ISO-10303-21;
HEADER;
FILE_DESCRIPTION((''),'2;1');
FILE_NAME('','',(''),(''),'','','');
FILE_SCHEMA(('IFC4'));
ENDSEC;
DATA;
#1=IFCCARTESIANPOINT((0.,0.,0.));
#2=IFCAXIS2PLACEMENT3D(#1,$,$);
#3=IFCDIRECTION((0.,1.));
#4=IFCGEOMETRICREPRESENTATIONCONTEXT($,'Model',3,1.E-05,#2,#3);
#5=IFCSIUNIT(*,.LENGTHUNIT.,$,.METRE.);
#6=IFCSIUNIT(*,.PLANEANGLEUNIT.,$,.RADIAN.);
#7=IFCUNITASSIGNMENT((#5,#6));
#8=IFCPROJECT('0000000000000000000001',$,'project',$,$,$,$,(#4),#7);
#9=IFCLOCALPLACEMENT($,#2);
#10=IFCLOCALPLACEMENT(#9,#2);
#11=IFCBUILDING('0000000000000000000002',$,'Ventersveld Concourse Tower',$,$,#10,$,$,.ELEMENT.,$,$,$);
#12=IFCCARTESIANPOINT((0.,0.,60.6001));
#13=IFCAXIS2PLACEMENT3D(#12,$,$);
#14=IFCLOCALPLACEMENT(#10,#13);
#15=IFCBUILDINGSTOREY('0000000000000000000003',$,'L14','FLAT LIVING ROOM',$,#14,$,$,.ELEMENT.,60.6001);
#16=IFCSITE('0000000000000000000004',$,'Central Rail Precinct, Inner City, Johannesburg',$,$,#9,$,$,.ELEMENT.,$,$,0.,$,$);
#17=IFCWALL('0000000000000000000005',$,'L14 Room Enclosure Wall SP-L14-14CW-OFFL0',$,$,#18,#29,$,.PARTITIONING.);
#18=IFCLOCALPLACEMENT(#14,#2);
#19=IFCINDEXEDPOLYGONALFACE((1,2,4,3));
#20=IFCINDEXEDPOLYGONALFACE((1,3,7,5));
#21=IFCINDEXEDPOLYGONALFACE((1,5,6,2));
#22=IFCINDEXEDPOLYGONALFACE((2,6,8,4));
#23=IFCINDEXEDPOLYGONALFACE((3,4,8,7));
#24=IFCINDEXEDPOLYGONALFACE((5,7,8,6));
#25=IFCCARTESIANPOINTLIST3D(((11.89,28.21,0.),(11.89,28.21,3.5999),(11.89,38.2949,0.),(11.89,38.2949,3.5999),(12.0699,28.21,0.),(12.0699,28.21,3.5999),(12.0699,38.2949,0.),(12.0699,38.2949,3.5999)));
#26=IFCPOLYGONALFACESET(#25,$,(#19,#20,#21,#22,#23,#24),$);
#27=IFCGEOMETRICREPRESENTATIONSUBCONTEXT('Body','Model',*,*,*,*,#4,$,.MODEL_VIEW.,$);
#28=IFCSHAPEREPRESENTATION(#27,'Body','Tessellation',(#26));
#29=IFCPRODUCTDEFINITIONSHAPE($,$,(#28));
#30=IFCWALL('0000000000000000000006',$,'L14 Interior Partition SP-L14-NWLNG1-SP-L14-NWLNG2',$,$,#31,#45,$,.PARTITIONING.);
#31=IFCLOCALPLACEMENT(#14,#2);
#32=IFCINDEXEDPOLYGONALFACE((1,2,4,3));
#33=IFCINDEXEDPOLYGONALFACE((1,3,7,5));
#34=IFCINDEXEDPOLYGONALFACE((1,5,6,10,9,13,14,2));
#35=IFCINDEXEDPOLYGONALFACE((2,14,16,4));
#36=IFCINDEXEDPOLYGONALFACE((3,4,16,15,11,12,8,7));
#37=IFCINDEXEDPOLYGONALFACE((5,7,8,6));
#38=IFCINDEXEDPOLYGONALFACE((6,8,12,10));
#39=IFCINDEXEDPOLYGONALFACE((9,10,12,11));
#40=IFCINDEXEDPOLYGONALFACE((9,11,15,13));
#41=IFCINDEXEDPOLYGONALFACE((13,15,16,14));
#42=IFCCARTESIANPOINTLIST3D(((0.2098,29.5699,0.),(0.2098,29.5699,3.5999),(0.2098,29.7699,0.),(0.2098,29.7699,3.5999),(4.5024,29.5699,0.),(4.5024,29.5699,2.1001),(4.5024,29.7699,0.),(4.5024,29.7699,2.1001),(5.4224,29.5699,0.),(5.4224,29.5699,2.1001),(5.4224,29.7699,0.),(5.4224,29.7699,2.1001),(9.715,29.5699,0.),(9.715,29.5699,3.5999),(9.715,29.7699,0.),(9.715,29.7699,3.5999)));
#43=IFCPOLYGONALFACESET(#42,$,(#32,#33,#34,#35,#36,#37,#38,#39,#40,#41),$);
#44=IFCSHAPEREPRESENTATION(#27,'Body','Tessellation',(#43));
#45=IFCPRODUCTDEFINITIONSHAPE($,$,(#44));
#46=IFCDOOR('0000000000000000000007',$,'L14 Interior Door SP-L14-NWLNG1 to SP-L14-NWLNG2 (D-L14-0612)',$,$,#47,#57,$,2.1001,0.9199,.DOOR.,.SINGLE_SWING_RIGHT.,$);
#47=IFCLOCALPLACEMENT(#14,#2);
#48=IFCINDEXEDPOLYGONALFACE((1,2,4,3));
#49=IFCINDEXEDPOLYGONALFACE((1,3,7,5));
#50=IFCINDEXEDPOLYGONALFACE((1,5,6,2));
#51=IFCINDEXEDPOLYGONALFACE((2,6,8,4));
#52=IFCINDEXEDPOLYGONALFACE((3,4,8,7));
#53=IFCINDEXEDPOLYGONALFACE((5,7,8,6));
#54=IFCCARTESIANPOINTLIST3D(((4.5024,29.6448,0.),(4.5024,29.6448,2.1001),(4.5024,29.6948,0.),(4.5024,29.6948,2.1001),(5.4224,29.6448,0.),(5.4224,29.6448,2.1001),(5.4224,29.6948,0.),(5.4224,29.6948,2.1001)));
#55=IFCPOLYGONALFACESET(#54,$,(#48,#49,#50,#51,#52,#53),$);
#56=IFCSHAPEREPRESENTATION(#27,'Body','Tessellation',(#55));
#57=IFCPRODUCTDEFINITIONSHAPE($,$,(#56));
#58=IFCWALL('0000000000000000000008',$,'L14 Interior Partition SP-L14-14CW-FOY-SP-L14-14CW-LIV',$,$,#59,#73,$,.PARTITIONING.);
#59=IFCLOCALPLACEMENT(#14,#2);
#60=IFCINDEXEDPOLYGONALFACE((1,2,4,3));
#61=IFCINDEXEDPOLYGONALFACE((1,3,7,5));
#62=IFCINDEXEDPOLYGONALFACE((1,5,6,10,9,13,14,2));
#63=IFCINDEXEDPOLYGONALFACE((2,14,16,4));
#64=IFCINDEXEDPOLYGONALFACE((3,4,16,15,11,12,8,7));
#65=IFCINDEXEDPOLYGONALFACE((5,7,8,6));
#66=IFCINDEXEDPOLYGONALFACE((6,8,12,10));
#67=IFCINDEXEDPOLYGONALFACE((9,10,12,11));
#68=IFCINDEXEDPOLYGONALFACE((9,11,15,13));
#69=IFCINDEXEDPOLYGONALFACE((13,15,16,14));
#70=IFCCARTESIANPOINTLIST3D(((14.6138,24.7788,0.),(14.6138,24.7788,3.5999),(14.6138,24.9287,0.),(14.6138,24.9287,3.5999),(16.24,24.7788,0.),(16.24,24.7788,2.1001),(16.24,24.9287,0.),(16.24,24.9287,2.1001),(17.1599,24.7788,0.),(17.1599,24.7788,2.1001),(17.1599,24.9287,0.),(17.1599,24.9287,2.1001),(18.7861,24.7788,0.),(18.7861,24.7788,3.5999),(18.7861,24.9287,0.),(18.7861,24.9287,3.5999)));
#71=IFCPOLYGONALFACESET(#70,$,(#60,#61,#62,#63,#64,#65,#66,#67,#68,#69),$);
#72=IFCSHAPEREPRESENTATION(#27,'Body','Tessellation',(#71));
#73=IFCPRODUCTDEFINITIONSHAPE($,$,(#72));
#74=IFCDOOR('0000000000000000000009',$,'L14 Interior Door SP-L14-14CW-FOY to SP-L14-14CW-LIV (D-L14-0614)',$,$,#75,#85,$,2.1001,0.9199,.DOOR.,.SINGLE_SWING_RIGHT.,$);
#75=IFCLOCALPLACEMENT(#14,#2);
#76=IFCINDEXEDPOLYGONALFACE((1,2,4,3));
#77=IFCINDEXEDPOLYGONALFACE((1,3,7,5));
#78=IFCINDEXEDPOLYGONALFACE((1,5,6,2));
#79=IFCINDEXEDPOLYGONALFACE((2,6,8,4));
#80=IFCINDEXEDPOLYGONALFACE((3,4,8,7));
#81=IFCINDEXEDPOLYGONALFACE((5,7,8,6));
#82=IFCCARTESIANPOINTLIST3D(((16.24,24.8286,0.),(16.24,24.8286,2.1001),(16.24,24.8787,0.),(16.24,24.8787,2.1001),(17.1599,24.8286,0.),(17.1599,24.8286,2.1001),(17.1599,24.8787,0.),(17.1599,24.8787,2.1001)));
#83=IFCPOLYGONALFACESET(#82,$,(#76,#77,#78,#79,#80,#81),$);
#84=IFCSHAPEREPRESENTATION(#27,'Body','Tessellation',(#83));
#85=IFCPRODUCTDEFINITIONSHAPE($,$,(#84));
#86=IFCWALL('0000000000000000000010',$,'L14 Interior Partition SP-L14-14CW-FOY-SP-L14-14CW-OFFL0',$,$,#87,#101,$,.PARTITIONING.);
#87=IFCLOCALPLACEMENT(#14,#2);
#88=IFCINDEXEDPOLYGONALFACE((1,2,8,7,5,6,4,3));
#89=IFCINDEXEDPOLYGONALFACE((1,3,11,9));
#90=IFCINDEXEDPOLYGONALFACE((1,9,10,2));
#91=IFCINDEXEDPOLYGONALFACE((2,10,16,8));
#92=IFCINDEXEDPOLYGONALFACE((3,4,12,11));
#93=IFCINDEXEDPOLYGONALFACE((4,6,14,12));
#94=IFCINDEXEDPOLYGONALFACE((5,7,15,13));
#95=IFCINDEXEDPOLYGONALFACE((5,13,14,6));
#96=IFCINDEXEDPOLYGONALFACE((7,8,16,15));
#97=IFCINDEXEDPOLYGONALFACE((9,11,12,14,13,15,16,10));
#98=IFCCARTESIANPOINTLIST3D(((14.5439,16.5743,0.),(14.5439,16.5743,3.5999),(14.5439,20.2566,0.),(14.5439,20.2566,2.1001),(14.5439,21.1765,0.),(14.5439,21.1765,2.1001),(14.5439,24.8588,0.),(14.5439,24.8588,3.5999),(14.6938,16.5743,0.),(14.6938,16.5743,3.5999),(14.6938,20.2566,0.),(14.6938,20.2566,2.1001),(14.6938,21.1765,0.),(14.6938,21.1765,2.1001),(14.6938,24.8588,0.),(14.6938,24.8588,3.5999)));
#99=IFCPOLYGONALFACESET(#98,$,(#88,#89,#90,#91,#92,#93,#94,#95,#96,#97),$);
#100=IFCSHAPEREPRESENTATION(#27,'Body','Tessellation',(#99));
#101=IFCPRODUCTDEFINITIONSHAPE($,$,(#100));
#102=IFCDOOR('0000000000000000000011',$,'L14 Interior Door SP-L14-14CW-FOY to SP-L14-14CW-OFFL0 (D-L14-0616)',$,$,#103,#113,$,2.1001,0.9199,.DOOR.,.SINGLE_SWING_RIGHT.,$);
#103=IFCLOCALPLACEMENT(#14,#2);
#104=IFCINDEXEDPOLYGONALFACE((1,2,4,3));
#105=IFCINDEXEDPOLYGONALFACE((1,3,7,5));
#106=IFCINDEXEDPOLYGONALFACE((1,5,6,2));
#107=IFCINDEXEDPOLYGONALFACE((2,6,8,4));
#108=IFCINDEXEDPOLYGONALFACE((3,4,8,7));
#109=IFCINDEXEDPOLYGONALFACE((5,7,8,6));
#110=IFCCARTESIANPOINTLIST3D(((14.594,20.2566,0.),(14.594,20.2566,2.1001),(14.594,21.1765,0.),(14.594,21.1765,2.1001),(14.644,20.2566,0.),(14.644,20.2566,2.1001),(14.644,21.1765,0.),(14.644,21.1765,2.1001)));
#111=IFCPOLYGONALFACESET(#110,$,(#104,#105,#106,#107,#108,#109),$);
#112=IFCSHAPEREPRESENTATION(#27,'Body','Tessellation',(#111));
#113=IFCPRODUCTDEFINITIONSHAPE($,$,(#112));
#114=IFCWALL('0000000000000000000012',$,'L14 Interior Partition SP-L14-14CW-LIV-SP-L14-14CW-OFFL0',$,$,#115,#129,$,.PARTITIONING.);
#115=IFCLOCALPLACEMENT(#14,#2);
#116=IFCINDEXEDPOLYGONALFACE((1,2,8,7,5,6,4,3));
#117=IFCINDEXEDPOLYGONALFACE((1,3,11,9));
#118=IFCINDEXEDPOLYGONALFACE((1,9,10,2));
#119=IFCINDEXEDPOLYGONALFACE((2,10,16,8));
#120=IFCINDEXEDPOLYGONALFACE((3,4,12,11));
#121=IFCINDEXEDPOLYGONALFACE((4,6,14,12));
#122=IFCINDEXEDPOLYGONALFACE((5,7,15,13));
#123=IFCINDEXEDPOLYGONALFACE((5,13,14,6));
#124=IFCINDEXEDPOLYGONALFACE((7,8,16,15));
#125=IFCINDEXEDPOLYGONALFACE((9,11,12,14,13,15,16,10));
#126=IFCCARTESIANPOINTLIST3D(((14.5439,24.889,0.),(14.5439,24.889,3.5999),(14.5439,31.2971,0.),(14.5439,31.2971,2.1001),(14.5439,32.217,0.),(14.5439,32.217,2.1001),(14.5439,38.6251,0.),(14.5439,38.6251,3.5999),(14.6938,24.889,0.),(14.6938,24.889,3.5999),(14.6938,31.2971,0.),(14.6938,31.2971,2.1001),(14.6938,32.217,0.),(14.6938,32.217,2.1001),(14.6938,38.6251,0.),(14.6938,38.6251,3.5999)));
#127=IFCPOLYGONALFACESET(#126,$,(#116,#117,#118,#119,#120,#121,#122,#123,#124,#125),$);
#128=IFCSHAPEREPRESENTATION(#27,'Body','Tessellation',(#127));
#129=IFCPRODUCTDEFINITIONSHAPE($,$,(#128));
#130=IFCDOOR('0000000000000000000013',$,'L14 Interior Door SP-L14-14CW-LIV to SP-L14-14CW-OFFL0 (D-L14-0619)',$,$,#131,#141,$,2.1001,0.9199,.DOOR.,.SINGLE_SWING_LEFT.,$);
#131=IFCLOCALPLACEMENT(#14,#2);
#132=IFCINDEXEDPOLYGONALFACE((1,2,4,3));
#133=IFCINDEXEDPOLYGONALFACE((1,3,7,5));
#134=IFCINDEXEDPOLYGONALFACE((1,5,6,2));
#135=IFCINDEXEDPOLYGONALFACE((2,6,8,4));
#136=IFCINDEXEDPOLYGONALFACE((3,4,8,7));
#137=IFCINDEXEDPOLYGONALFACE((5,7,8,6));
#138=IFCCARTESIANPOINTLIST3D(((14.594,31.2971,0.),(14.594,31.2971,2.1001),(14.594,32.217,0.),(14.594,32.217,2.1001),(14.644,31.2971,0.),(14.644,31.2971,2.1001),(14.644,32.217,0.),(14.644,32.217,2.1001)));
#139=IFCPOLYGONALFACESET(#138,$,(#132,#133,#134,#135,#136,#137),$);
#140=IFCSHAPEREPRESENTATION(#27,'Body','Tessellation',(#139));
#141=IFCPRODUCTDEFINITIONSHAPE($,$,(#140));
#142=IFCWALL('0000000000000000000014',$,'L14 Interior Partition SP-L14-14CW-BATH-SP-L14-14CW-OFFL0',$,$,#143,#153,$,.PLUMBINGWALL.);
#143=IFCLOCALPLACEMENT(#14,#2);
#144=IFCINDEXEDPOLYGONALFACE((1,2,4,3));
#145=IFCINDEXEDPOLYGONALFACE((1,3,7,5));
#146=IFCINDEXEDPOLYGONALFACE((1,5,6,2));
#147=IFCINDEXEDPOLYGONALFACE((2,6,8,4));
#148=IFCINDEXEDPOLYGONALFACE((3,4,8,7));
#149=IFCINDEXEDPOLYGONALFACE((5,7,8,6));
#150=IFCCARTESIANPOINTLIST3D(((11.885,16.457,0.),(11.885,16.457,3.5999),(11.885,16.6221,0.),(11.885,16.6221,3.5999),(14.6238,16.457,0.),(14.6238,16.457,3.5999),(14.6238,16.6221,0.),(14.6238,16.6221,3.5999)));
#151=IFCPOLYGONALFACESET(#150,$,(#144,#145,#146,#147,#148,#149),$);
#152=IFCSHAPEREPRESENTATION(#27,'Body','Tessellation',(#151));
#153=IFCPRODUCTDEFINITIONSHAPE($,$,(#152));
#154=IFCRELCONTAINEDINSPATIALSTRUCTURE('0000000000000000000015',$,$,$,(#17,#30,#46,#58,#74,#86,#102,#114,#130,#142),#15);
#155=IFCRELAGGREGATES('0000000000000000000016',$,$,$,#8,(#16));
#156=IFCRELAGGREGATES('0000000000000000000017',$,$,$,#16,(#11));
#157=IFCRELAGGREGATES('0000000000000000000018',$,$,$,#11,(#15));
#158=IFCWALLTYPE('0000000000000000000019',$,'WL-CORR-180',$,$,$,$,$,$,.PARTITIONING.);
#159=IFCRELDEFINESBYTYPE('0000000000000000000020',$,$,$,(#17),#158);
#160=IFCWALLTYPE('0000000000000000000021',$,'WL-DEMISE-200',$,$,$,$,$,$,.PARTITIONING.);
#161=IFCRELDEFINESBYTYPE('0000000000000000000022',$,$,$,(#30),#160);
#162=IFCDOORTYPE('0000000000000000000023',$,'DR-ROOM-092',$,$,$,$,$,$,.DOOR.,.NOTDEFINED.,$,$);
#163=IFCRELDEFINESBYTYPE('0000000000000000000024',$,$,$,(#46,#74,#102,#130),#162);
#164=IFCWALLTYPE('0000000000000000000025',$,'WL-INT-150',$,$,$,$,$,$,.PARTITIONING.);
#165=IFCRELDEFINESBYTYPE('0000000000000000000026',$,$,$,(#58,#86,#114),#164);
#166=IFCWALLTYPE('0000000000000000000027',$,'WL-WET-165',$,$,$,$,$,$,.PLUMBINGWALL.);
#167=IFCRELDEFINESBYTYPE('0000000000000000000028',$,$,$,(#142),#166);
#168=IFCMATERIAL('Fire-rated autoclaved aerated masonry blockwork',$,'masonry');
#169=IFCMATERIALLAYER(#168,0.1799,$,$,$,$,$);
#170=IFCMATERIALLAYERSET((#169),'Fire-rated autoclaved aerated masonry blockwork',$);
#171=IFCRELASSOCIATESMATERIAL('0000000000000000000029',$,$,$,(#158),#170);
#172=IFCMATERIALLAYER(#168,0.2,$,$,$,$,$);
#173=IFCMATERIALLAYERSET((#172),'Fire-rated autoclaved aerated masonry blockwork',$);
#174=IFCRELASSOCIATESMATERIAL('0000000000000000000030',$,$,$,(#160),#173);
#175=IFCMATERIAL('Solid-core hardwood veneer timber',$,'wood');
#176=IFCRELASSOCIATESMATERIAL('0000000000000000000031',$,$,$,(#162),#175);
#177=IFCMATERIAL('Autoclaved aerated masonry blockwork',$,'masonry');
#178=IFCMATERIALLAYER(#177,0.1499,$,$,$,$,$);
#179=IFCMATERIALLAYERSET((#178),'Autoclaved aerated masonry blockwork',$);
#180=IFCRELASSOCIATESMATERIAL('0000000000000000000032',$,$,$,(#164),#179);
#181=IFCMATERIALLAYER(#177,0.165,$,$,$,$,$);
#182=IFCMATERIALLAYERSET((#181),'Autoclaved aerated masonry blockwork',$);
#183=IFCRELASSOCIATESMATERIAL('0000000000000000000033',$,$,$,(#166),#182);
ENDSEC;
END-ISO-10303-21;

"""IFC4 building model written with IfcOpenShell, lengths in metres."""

from ifc_helpers import new_model, si_unit, direction, frame, frame_2d, origin, place, context, subcontext, project, spatial, rectangle, extrude, material, layer, layer_set, type_object, element, fill, save


model = new_model("IFC4")

# Units and contexts
model_context = context("Model", 3, precision=1e-05, world=origin(), true_north=direction((0.0, 1.0)))
body_context = subcontext(model_context, "Body", "Model", "MODEL_VIEW")
ifc_project = project(units=[si_unit("LENGTHUNIT", "METRE"), si_unit("PLANEANGLEUNIT", "RADIAN")], contexts=[model_context])

# Site, building, storey
site_placement = place(None, origin())
site = spatial("IfcSite", under=ifc_project, at=site_placement, Name="Central Rail Precinct, Inner City, Johannesburg", CompositionType="ELEMENT", RefElevation=0.0)
building_placement = place(site_placement, origin())
building = spatial("IfcBuilding", under=site, at=building_placement, Name="Ventersveld Concourse Tower", CompositionType="ELEMENT")
storey_placement = place(building_placement, frame((0.0, 0.0, 60.6001)))
storey = spatial("IfcBuildingStorey", under=building, at=storey_placement, Name="L14", Description="FLAT LIVING ROOM", CompositionType="ELEMENT", Elevation=60.6001)

# Shared definitions
ifc_material_1 = material(Name="Fire-rated autoclaved aerated masonry blockwork", Category="masonry")
ifc_layer_1 = layer(ifc_material_1, 0.1799)
ifc_layer_set_1 = layer_set([ifc_layer_1], Name="Fire-rated autoclaved aerated masonry blockwork")
wall_type_1 = type_object("IfcWallType", Name="WL-CORR-180", PredefinedType="PARTITIONING", material=ifc_layer_set_1)
ifc_material_2 = material(Name="Solid-core hardwood veneer timber", Category="wood")

# Wall
wall_1_placement = place(storey_placement, frame((11.98, 28.21, 0.0), z_axis=(0.0, 0.0, 1.0), x_axis=(0.0, 1.0, 0.0)))
element("IfcWall", 1, at=wall_1_placement, inside=storey, type_object=wall_type_1, Name="L14 Room Enclosure Wall SP-L14-14CW-OFFL0", PredefinedType="PARTITIONING", context=body_context, shape_type="SweptSolid", body=[
    extrude(rectangle(XDim=10.085, YDim=0.1799, at=frame_2d((5.0425, 0.0))), origin(), (0.0, 0.0, 1.0), 3.5999),
])

# Walls, openings, doors
ifc_layer_2 = layer(ifc_material_1, 0.2)
ifc_layer_set_2 = layer_set([ifc_layer_2], Name="Fire-rated autoclaved aerated masonry blockwork")
wall_type_2 = type_object("IfcWallType", Name="WL-DEMISE-200", PredefinedType="PARTITIONING", material=ifc_layer_set_2)
wall_2_placement = place(storey_placement, frame((0.21, 29.6699, 0.0), z_axis=(0.0, 0.0, 1.0), x_axis=(1.0, 0.0, 0.0)))
wall_2 = element("IfcWall", 2, at=wall_2_placement, inside=storey, type_object=wall_type_2, Name="L14 Interior Partition SP-L14-NWLNG1-SP-L14-NWLNG2", PredefinedType="PARTITIONING", context=body_context, shape_type="SweptSolid", body=[
    extrude(rectangle(XDim=9.5051, YDim=0.2, at=frame_2d((4.7524, 0.0))), origin(), (0.0, 0.0, 1.0), 3.5999),
])
opening_1_placement = place(wall_2_placement, frame((4.2925, 0.0, 0.0)))
opening_1 = element("IfcOpeningElement", 3, at=opening_1_placement, cuts=wall_2, PredefinedType="OPENING", context=body_context, shape_type="SweptSolid", body=[
    extrude(rectangle(XDim=0.9199, YDim=2.1001, at=frame_2d((0.46, 1.05))), frame((0.0, 0.1099, 0.0), z_axis=(0.0, -1.0, 0.0), x_axis=(1.0, 0.0, 0.0)), (0.0, 0.0, 1.0), 0.22),
])
door_type_1 = type_object("IfcDoorType", Name="DR-ROOM-092", OperationType="NOTDEFINED", PredefinedType="DOOR", material=ifc_material_2)
door_1_placement = place(opening_1_placement, origin())
door_1 = element("IfcDoor", 4, at=door_1_placement, inside=storey, type_object=door_type_1, Name="L14 Interior Door SP-L14-NWLNG1 to SP-L14-NWLNG2 (D-L14-0612)", OperationType="SINGLE_SWING_RIGHT", OverallHeight=2.1001, OverallWidth=0.9199, PredefinedType="DOOR", context=body_context, shape_type="SweptSolid", body=[
    extrude(rectangle(XDim=0.9199, YDim=2.1001, at=frame_2d((0.46, 1.05))), frame((0.0, 0.0249, 0.0), z_axis=(0.0, -1.0, 0.0), x_axis=(1.0, 0.0, 0.0)), (0.0, 0.0, 1.0), 0.05),
])
fill(opening_1, door_1)
ifc_material_3 = material(Name="Autoclaved aerated masonry blockwork", Category="masonry")
ifc_layer_3 = layer(ifc_material_3, 0.1499)
ifc_layer_set_3 = layer_set([ifc_layer_3], Name="Autoclaved aerated masonry blockwork")
wall_type_3 = type_object("IfcWallType", Name="WL-INT-150", PredefinedType="PARTITIONING", material=ifc_layer_set_3)
wall_3_placement = place(storey_placement, frame((14.6138, 24.8538, 0.0), z_axis=(0.0, 0.0, 1.0), x_axis=(1.0, 0.0, 0.0)))
wall_3 = element("IfcWall", 5, at=wall_3_placement, inside=storey, type_object=wall_type_3, Name="L14 Interior Partition SP-L14-14CW-FOY-SP-L14-14CW-LIV", PredefinedType="PARTITIONING", context=body_context, shape_type="SweptSolid", body=[
    extrude(rectangle(XDim=4.1724, YDim=0.1499, at=frame_2d((2.0862, 0.0))), origin(), (0.0, 0.0, 1.0), 3.5999),
])
opening_2_placement = place(wall_3_placement, frame((1.6262, 0.0, 0.0)))
opening_2 = element("IfcOpeningElement", 6, at=opening_2_placement, cuts=wall_3, PredefinedType="OPENING", context=body_context, shape_type="SweptSolid", body=[
    extrude(rectangle(XDim=0.9199, YDim=2.1001, at=frame_2d((0.46, 1.05))), frame((0.0, 0.085, 0.0), z_axis=(0.0, -1.0, 0.0), x_axis=(1.0, 0.0, 0.0)), (0.0, 0.0, 1.0), 0.1699),
])
door_2_placement = place(opening_2_placement, origin())
door_2 = element("IfcDoor", 7, at=door_2_placement, inside=storey, type_object=door_type_1, Name="L14 Interior Door SP-L14-14CW-FOY to SP-L14-14CW-LIV (D-L14-0614)", OperationType="SINGLE_SWING_RIGHT", OverallHeight=2.1001, OverallWidth=0.9199, PredefinedType="DOOR", context=body_context, shape_type="SweptSolid", body=[
    extrude(rectangle(XDim=0.9199, YDim=2.1001, at=frame_2d((0.46, 1.05))), frame((0.0, 0.0249, 0.0), z_axis=(0.0, -1.0, 0.0), x_axis=(1.0, 0.0, 0.0)), (0.0, 0.0, 1.0), 0.05),
])
fill(opening_2, door_2)
wall_4_placement = place(storey_placement, frame((14.6189, 16.5745, 0.0), z_axis=(0.0, 0.0, 1.0), x_axis=(0.0, 1.0, 0.0)))
wall_4 = element("IfcWall", 8, at=wall_4_placement, inside=storey, type_object=wall_type_3, Name="L14 Interior Partition SP-L14-14CW-FOY-SP-L14-14CW-OFFL0", PredefinedType="PARTITIONING", context=body_context, shape_type="SweptSolid", body=[
    extrude(rectangle(XDim=8.2844, YDim=0.1499, at=frame_2d((4.1421, 0.0))), origin(), (0.0, 0.0, 1.0), 3.5999),
])
opening_3_placement = place(wall_4_placement, frame((3.6821, 0.0, 0.0)))
opening_3 = element("IfcOpeningElement", 9, at=opening_3_placement, cuts=wall_4, PredefinedType="OPENING", context=body_context, shape_type="SweptSolid", body=[
    extrude(rectangle(XDim=0.9199, YDim=2.1001, at=frame_2d((0.46, 1.05))), frame((0.0, 0.085, 0.0), z_axis=(0.0, -1.0, 0.0), x_axis=(1.0, 0.0, 0.0)), (0.0, 0.0, 1.0), 0.1699),
])
door_3_placement = place(opening_3_placement, origin())
door_3 = element("IfcDoor", 10, at=door_3_placement, inside=storey, type_object=door_type_1, Name="L14 Interior Door SP-L14-14CW-FOY to SP-L14-14CW-OFFL0 (D-L14-0616)", OperationType="SINGLE_SWING_RIGHT", OverallHeight=2.1001, OverallWidth=0.9199, PredefinedType="DOOR", context=body_context, shape_type="SweptSolid", body=[
    extrude(rectangle(XDim=0.9199, YDim=2.1001, at=frame_2d((0.46, 1.05))), frame((0.0, 0.0249, 0.0), z_axis=(0.0, -1.0, 0.0), x_axis=(1.0, 0.0, 0.0)), (0.0, 0.0, 1.0), 0.05),
])
fill(opening_3, door_3)
wall_5_placement = place(storey_placement, frame((14.6189, 24.8889, 0.0), z_axis=(0.0, 0.0, 1.0), x_axis=(0.0, 1.0, 0.0)))
wall_5 = element("IfcWall", 11, at=wall_5_placement, inside=storey, type_object=wall_type_3, Name="L14 Interior Partition SP-L14-14CW-LIV-SP-L14-14CW-OFFL0", PredefinedType="PARTITIONING", context=body_context, shape_type="SweptSolid", body=[
    extrude(rectangle(XDim=13.7361, YDim=0.1499, at=frame_2d((6.8682, 0.0))), origin(), (0.0, 0.0, 1.0), 3.5999),
])
opening_4_placement = place(wall_5_placement, frame((6.4082, 0.0, 0.0)))
opening_4 = element("IfcOpeningElement", 12, at=opening_4_placement, cuts=wall_5, PredefinedType="OPENING", context=body_context, shape_type="SweptSolid", body=[
    extrude(rectangle(XDim=0.9199, YDim=2.1001, at=frame_2d((0.46, 1.05))), frame((0.0, 0.085, 0.0), z_axis=(0.0, -1.0, 0.0), x_axis=(1.0, 0.0, 0.0)), (0.0, 0.0, 1.0), 0.1699),
])
door_4_placement = place(opening_4_placement, origin())
door_4 = element("IfcDoor", 13, at=door_4_placement, inside=storey, type_object=door_type_1, Name="L14 Interior Door SP-L14-14CW-LIV to SP-L14-14CW-OFFL0 (D-L14-0619)", OperationType="SINGLE_SWING_LEFT", OverallHeight=2.1001, OverallWidth=0.9199, PredefinedType="DOOR", context=body_context, shape_type="SweptSolid", body=[
    extrude(rectangle(XDim=0.9199, YDim=2.1001, at=frame_2d((0.46, 1.05))), frame((0.0, 0.0249, 0.0), z_axis=(0.0, -1.0, 0.0), x_axis=(1.0, 0.0, 0.0)), (0.0, 0.0, 1.0), 0.05),
])
fill(opening_4, door_4)

# Wall
ifc_layer_4 = layer(ifc_material_3, 0.165)
ifc_layer_set_4 = layer_set([ifc_layer_4], Name="Autoclaved aerated masonry blockwork")
wall_type_4 = type_object("IfcWallType", Name="WL-WET-165", PredefinedType="PLUMBINGWALL", material=ifc_layer_set_4)
wall_6_placement = place(storey_placement, frame((11.885, 16.5396, 0.0), z_axis=(0.0, 0.0, 1.0), x_axis=(1.0, 0.0, 0.0)))
element("IfcWall", 14, at=wall_6_placement, inside=storey, type_object=wall_type_4, Name="L14 Interior Partition SP-L14-14CW-BATH-SP-L14-14CW-OFFL0", PredefinedType="PLUMBINGWALL", context=body_context, shape_type="SweptSolid", body=[
    extrude(rectangle(XDim=2.7388, YDim=0.165, at=frame_2d((1.3694, 0.0))), origin(), (0.0, 0.0, 1.0), 3.5999),
])

save(model, "model.ifc")
